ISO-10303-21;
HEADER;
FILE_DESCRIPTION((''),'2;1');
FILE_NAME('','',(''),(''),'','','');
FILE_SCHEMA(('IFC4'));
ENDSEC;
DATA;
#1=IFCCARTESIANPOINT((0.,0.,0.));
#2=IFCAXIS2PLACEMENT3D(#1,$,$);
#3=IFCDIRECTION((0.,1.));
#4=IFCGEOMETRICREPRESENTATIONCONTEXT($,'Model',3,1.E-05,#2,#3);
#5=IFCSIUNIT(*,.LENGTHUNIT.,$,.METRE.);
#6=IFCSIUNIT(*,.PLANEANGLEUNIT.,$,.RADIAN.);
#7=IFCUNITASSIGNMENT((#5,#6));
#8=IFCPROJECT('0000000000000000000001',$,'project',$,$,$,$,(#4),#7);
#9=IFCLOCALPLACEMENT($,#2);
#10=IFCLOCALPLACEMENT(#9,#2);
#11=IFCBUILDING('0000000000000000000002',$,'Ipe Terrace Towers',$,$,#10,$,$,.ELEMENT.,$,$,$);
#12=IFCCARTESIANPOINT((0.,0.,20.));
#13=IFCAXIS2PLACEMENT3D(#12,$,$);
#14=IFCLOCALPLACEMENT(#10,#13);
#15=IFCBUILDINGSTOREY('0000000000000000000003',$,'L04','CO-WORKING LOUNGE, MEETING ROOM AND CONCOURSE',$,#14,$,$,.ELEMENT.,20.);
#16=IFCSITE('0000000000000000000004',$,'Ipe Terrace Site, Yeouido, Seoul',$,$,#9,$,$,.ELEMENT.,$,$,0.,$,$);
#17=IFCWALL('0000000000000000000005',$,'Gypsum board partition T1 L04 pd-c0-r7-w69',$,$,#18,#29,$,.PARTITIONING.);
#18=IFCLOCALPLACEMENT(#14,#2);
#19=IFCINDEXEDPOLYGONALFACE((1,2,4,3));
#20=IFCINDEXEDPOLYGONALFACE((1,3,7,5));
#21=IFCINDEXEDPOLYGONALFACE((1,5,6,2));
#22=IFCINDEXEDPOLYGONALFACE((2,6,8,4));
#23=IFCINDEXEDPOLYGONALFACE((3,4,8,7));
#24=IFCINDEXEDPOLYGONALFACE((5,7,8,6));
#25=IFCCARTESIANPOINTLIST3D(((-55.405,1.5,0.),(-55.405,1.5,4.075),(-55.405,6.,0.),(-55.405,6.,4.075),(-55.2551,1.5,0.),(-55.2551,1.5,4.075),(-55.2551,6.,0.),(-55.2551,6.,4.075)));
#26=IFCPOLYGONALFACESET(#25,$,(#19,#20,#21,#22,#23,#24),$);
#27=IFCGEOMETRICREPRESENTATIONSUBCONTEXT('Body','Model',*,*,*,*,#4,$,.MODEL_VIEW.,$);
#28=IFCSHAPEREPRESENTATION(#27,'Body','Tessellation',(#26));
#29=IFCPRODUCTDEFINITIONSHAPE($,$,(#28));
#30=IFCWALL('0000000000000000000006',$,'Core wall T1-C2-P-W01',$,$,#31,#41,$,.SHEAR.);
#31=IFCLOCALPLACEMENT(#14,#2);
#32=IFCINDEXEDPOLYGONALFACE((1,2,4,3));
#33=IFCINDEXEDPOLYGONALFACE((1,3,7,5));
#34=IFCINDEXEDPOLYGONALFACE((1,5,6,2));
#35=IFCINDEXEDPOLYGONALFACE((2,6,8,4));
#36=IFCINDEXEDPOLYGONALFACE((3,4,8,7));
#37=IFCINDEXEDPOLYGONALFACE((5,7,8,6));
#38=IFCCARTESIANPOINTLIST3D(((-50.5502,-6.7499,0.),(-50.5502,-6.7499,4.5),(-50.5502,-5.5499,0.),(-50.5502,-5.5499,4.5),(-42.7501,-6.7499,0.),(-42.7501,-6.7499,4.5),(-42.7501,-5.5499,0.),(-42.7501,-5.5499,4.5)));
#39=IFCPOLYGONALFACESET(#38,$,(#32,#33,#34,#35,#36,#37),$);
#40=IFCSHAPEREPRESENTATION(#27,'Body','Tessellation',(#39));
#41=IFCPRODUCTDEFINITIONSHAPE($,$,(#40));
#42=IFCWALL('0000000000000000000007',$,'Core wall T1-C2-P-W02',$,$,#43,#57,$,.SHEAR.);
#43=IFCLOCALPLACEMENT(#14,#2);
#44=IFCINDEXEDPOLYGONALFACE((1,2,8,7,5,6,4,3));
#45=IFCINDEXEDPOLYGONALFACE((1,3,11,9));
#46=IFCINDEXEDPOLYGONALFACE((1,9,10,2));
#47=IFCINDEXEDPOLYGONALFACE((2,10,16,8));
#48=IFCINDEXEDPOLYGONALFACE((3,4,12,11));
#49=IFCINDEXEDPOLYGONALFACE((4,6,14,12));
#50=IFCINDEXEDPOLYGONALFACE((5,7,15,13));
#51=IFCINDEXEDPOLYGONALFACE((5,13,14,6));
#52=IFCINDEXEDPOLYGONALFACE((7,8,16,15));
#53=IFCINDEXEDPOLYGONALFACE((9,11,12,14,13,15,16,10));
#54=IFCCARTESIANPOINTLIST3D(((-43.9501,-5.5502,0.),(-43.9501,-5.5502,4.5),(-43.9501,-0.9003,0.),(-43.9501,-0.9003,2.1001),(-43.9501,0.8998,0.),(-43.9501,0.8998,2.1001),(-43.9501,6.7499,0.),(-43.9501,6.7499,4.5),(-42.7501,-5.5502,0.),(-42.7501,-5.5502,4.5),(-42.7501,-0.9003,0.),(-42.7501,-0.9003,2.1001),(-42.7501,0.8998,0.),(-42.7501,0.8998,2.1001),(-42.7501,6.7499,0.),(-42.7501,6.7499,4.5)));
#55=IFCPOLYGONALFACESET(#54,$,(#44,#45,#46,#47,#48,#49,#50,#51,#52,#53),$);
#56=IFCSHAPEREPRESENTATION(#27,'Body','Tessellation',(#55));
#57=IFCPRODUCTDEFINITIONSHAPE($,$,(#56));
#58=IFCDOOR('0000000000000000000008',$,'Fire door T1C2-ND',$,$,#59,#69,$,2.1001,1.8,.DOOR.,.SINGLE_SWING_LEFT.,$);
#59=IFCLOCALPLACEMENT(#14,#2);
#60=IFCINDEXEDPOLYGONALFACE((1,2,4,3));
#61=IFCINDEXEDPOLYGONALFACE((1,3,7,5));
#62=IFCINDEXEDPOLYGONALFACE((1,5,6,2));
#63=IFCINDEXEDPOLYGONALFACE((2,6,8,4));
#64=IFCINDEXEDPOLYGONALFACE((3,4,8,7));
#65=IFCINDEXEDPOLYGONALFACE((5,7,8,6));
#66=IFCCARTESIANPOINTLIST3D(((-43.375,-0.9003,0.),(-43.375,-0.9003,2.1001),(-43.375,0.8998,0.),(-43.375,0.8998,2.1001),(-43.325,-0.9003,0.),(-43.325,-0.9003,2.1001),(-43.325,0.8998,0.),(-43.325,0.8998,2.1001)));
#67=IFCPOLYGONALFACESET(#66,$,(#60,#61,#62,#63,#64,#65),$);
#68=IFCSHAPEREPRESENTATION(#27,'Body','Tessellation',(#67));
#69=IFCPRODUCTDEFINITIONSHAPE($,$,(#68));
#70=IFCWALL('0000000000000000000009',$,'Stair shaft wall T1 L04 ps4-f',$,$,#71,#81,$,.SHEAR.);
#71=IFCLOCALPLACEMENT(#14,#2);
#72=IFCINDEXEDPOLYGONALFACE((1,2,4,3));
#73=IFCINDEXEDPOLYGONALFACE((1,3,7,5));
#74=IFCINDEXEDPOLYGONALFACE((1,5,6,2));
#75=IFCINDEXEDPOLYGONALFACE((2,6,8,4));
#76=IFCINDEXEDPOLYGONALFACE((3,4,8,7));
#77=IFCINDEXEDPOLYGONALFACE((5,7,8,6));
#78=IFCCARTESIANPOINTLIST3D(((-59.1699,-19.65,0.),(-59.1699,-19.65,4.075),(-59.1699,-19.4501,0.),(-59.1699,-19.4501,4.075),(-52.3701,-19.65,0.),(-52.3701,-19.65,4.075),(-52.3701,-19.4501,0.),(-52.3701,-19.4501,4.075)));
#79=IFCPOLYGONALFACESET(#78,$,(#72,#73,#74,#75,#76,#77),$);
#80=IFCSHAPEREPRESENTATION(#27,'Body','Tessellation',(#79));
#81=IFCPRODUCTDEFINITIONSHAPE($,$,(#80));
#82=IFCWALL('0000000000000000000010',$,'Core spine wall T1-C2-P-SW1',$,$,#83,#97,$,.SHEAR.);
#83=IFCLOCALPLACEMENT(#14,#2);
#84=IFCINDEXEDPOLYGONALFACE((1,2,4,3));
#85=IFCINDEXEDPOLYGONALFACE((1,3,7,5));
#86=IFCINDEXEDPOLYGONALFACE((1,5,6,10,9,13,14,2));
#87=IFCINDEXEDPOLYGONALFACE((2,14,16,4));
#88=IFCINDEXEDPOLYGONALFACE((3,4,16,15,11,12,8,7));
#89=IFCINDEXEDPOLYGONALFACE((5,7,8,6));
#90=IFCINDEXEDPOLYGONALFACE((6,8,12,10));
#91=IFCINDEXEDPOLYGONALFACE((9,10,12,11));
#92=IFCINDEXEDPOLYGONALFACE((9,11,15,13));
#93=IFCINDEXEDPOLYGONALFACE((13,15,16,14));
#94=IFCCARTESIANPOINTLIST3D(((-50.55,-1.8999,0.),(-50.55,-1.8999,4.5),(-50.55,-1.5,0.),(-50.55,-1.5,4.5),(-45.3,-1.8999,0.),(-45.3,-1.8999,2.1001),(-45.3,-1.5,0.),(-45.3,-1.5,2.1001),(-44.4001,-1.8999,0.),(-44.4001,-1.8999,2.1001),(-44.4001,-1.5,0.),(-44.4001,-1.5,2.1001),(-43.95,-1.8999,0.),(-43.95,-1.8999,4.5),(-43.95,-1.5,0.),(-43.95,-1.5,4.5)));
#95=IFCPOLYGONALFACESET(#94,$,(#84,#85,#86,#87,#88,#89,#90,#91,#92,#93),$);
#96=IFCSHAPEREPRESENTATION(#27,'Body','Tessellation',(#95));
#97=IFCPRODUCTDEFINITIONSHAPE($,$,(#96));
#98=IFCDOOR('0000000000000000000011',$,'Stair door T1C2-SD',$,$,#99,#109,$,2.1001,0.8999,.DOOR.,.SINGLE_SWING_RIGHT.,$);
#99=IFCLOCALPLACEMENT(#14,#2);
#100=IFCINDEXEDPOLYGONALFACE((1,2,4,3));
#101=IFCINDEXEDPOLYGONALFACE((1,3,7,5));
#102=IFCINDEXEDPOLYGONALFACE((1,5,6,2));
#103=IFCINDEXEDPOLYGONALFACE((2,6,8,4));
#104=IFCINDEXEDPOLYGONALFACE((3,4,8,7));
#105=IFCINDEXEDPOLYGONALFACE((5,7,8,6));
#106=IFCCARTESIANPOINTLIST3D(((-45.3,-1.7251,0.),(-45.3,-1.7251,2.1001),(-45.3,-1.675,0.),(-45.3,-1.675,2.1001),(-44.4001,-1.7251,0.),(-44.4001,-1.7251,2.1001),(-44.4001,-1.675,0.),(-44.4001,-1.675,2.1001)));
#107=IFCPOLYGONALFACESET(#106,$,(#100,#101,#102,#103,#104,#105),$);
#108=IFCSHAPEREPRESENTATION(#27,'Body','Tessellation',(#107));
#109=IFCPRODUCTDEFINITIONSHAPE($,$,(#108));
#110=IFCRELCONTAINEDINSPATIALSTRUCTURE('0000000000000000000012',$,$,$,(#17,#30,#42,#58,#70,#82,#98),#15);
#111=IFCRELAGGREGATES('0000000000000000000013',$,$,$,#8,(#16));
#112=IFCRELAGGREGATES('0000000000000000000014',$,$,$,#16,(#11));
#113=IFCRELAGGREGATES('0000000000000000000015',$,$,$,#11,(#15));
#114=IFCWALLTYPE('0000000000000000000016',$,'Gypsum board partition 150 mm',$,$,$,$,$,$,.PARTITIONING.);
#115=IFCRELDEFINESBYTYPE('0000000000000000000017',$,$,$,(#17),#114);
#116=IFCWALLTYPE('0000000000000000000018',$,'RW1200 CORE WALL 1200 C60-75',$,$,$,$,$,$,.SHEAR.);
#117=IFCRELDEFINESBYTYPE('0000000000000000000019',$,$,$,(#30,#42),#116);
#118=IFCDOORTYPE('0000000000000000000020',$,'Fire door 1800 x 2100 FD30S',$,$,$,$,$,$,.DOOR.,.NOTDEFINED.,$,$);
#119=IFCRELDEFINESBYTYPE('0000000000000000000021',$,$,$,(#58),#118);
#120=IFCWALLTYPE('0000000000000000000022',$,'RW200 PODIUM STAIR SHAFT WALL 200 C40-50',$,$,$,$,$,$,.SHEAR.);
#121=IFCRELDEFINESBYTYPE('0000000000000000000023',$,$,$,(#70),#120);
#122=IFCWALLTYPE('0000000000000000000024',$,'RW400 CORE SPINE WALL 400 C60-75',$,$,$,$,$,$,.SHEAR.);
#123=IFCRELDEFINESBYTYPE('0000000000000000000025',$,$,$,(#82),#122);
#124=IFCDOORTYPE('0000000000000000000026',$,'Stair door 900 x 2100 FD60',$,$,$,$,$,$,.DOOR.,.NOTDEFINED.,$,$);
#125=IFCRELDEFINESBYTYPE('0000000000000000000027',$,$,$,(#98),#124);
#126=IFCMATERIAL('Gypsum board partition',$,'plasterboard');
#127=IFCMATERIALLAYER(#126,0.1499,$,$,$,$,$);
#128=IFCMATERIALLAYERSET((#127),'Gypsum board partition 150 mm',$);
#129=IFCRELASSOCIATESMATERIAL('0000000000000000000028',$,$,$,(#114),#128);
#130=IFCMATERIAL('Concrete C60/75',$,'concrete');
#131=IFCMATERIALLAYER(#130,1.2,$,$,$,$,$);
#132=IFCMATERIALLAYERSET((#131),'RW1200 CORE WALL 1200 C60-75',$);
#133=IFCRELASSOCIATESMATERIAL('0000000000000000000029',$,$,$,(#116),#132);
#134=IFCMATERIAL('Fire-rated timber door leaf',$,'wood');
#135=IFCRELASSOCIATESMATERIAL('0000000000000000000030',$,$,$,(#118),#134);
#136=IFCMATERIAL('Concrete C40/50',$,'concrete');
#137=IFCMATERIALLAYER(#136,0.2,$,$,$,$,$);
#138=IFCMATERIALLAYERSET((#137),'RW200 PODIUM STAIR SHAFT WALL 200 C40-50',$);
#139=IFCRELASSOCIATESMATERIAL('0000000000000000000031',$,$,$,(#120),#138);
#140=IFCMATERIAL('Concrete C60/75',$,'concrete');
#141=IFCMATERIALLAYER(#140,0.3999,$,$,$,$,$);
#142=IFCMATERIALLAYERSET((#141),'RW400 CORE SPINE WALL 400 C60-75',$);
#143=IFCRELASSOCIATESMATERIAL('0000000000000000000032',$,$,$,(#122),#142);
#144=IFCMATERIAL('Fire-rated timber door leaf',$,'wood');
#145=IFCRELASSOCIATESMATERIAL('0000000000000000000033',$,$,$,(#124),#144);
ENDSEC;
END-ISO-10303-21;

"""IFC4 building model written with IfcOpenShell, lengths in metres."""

from ifc_helpers import new_model, si_unit, direction, frame, frame_2d, origin, place, context, subcontext, project, spatial, rectangle, extrude, material, layer, layer_set, type_object, element, fill, save


model = new_model("IFC4")

# Units and contexts
model_context = context("Model", 3, precision=1e-05, world=origin(), true_north=direction((0.0, 1.0)))
body_context = subcontext(model_context, "Body", "Model", "MODEL_VIEW")
ifc_project = project(units=[si_unit("LENGTHUNIT", "METRE"), si_unit("PLANEANGLEUNIT", "RADIAN")], contexts=[model_context])

# Site, building, storey
site_placement = place(None, origin())
site = spatial("IfcSite", under=ifc_project, at=site_placement, Name="Ipe Terrace Site, Yeouido, Seoul", CompositionType="ELEMENT", RefElevation=0.0)
building_placement = place(site_placement, origin())
building = spatial("IfcBuilding", under=site, at=building_placement, Name="Ipe Terrace Towers", CompositionType="ELEMENT")
storey_placement = place(building_placement, frame((0.0, 0.0, 20.0)))
storey = spatial("IfcBuildingStorey", under=building, at=storey_placement, Name="L04", Description="CO-WORKING LOUNGE, MEETING ROOM AND CONCOURSE", CompositionType="ELEMENT", Elevation=20.0)

# Shared definitions
ifc_material_1 = material(Name="Gypsum board partition", Category="plasterboard")
ifc_layer_1 = layer(ifc_material_1, 0.1499)
ifc_layer_set_1 = layer_set([ifc_layer_1], Name="Gypsum board partition 150 mm")
wall_type_1 = type_object("IfcWallType", Name="Gypsum board partition 150 mm", PredefinedType="PARTITIONING", material=ifc_layer_set_1)

# Walls
wall_1_placement = place(storey_placement, frame((-55.3301, 1.5, 0.0), z_axis=(0.0, 0.0, 1.0), x_axis=(0.0, 1.0, 0.0)))
element("IfcWall", 1, at=wall_1_placement, inside=storey, type_object=wall_type_1, Name="Gypsum board partition T1 L04 pd-c0-r7-w69", PredefinedType="PARTITIONING", context=body_context, shape_type="SweptSolid", body=[
    extrude(rectangle(XDim=4.5, YDim=0.1499, at=frame_2d((2.25, 0.0))), origin(), (0.0, 0.0, 1.0), 4.075),
])
ifc_material_2 = material(Name="Concrete C60/75", Category="concrete")
ifc_layer_2 = layer(ifc_material_2, 1.2)
ifc_layer_set_2 = layer_set([ifc_layer_2], Name="RW1200 CORE WALL 1200 C60-75")
wall_type_2 = type_object("IfcWallType", Name="RW1200 CORE WALL 1200 C60-75", PredefinedType="SHEAR", material=ifc_layer_set_2)
wall_2_placement = place(storey_placement, frame((-50.55, -6.1499, 0.0), z_axis=(0.0, 0.0, 1.0), x_axis=(1.0, 0.0, 0.0)))
element("IfcWall", 2, at=wall_2_placement, inside=storey, type_object=wall_type_2, Name="Core wall T1-C2-P-W01", PredefinedType="SHEAR", context=body_context, shape_type="SweptSolid", body=[
    extrude(rectangle(XDim=7.8, YDim=1.2, at=frame_2d((3.8999, 0.0))), origin(), (0.0, 0.0, 1.0), 4.5),
])

# Wall, opening, door
wall_3_placement = place(storey_placement, frame((-43.3501, -5.55, 0.0), z_axis=(0.0, 0.0, 1.0), x_axis=(0.0, 1.0, 0.0)))
wall_3 = element("IfcWall", 3, at=wall_3_placement, inside=storey, type_object=wall_type_2, Name="Core wall T1-C2-P-W02", PredefinedType="SHEAR", context=body_context, shape_type="SweptSolid", body=[
    extrude(rectangle(XDim=12.3, YDim=1.2, at=frame_2d((6.1499, 0.0))), origin(), (0.0, 0.0, 1.0), 4.5),
])
opening_1_placement = place(wall_3_placement, frame((4.6499, 0.0, 0.0)))
opening_1 = element("IfcOpeningElement", 4, at=opening_1_placement, cuts=wall_3, PredefinedType="OPENING", context=body_context, shape_type="SweptSolid", body=[
    extrude(rectangle(XDim=1.8, YDim=2.1001, at=frame_2d((0.8999, 1.05))), frame((0.0, 0.6099, 0.0), z_axis=(0.0, -1.0, 0.0), x_axis=(1.0, 0.0, 0.0)), (0.0, 0.0, 1.0), 1.22),
])
ifc_material_3 = material(Name="Fire-rated timber door leaf", Category="wood")
door_type_1 = type_object("IfcDoorType", Name="Fire door 1800 x 2100 FD30S", OperationType="NOTDEFINED", PredefinedType="DOOR", material=ifc_material_3)
door_1_placement = place(opening_1_placement, origin())
door_1 = element("IfcDoor", 5, at=door_1_placement, inside=storey, type_object=door_type_1, Name="Fire door T1C2-ND", OperationType="SINGLE_SWING_LEFT", OverallHeight=2.1001, OverallWidth=1.8, PredefinedType="DOOR", context=body_context, shape_type="SweptSolid", body=[
    extrude(rectangle(XDim=1.8, YDim=2.1001, at=frame_2d((0.8999, 1.05))), frame((0.0, 0.0249, 0.0), z_axis=(0.0, -1.0, 0.0), x_axis=(1.0, 0.0, 0.0)), (0.0, 0.0, 1.0), 0.05),
])
fill(opening_1, door_1)

# Wall
ifc_material_4 = material(Name="Concrete C40/50", Category="concrete")
ifc_layer_3 = layer(ifc_material_4, 0.2)
ifc_layer_set_3 = layer_set([ifc_layer_3], Name="RW200 PODIUM STAIR SHAFT WALL 200 C40-50")
wall_type_3 = type_object("IfcWallType", Name="RW200 PODIUM STAIR SHAFT WALL 200 C40-50", PredefinedType="SHEAR", material=ifc_layer_set_3)
wall_4_placement = place(storey_placement, frame((-59.1699, -19.55, 0.0), z_axis=(0.0, 0.0, 1.0), x_axis=(1.0, 0.0, 0.0)))
element("IfcWall", 6, at=wall_4_placement, inside=storey, type_object=wall_type_3, Name="Stair shaft wall T1 L04 ps4-f", PredefinedType="SHEAR", context=body_context, shape_type="SweptSolid", body=[
    extrude(rectangle(XDim=6.7998, YDim=0.2, at=frame_2d((3.3999, 0.0))), origin(), (0.0, 0.0, 1.0), 4.075),
])

# Wall, opening, door
ifc_material_5 = material(Name="Concrete C60/75", Category="concrete")
ifc_layer_4 = layer(ifc_material_5, 0.3999)
ifc_layer_set_4 = layer_set([ifc_layer_4], Name="RW400 CORE SPINE WALL 400 C60-75")
wall_type_4 = type_object("IfcWallType", Name="RW400 CORE SPINE WALL 400 C60-75", PredefinedType="SHEAR", material=ifc_layer_set_4)
wall_5_placement = place(storey_placement, frame((-50.55, -1.7, 0.0), z_axis=(0.0, 0.0, 1.0), x_axis=(1.0, 0.0, 0.0)))
wall_5 = element("IfcWall", 7, at=wall_5_placement, inside=storey, type_object=wall_type_4, Name="Core spine wall T1-C2-P-SW1", PredefinedType="SHEAR", context=body_context, shape_type="SweptSolid", body=[
    extrude(rectangle(XDim=6.6001, YDim=0.3999, at=frame_2d((3.3, 0.0))), origin(), (0.0, 0.0, 1.0), 4.5),
])
opening_2_placement = place(wall_5_placement, frame((5.25, 0.0, 0.0)))
opening_2 = element("IfcOpeningElement", 8, at=opening_2_placement, cuts=wall_5, PredefinedType="OPENING", context=body_context, shape_type="SweptSolid", body=[
    extrude(rectangle(XDim=0.8999, YDim=2.1001, at=frame_2d((0.45, 1.05))), frame((0.0, 0.21, 0.0), z_axis=(0.0, -1.0, 0.0), x_axis=(1.0, 0.0, 0.0)), (0.0, 0.0, 1.0), 0.4199),
])
ifc_material_6 = material(Name="Fire-rated timber door leaf", Category="wood")
door_type_2 = type_object("IfcDoorType", Name="Stair door 900 x 2100 FD60", OperationType="NOTDEFINED", PredefinedType="DOOR", material=ifc_material_6)
door_2_placement = place(opening_2_placement, origin())
door_2 = element("IfcDoor", 9, at=door_2_placement, inside=storey, type_object=door_type_2, Name="Stair door T1C2-SD", OperationType="SINGLE_SWING_RIGHT", OverallHeight=2.1001, OverallWidth=0.8999, PredefinedType="DOOR", context=body_context, shape_type="SweptSolid", body=[
    extrude(rectangle(XDim=0.8999, YDim=2.1001, at=frame_2d((0.45, 1.05))), frame((0.0, 0.0249, 0.0), z_axis=(0.0, -1.0, 0.0), x_axis=(1.0, 0.0, 0.0)), (0.0, 0.0, 1.0), 0.05),
])
fill(opening_2, door_2)

save(model, "model.ifc")
